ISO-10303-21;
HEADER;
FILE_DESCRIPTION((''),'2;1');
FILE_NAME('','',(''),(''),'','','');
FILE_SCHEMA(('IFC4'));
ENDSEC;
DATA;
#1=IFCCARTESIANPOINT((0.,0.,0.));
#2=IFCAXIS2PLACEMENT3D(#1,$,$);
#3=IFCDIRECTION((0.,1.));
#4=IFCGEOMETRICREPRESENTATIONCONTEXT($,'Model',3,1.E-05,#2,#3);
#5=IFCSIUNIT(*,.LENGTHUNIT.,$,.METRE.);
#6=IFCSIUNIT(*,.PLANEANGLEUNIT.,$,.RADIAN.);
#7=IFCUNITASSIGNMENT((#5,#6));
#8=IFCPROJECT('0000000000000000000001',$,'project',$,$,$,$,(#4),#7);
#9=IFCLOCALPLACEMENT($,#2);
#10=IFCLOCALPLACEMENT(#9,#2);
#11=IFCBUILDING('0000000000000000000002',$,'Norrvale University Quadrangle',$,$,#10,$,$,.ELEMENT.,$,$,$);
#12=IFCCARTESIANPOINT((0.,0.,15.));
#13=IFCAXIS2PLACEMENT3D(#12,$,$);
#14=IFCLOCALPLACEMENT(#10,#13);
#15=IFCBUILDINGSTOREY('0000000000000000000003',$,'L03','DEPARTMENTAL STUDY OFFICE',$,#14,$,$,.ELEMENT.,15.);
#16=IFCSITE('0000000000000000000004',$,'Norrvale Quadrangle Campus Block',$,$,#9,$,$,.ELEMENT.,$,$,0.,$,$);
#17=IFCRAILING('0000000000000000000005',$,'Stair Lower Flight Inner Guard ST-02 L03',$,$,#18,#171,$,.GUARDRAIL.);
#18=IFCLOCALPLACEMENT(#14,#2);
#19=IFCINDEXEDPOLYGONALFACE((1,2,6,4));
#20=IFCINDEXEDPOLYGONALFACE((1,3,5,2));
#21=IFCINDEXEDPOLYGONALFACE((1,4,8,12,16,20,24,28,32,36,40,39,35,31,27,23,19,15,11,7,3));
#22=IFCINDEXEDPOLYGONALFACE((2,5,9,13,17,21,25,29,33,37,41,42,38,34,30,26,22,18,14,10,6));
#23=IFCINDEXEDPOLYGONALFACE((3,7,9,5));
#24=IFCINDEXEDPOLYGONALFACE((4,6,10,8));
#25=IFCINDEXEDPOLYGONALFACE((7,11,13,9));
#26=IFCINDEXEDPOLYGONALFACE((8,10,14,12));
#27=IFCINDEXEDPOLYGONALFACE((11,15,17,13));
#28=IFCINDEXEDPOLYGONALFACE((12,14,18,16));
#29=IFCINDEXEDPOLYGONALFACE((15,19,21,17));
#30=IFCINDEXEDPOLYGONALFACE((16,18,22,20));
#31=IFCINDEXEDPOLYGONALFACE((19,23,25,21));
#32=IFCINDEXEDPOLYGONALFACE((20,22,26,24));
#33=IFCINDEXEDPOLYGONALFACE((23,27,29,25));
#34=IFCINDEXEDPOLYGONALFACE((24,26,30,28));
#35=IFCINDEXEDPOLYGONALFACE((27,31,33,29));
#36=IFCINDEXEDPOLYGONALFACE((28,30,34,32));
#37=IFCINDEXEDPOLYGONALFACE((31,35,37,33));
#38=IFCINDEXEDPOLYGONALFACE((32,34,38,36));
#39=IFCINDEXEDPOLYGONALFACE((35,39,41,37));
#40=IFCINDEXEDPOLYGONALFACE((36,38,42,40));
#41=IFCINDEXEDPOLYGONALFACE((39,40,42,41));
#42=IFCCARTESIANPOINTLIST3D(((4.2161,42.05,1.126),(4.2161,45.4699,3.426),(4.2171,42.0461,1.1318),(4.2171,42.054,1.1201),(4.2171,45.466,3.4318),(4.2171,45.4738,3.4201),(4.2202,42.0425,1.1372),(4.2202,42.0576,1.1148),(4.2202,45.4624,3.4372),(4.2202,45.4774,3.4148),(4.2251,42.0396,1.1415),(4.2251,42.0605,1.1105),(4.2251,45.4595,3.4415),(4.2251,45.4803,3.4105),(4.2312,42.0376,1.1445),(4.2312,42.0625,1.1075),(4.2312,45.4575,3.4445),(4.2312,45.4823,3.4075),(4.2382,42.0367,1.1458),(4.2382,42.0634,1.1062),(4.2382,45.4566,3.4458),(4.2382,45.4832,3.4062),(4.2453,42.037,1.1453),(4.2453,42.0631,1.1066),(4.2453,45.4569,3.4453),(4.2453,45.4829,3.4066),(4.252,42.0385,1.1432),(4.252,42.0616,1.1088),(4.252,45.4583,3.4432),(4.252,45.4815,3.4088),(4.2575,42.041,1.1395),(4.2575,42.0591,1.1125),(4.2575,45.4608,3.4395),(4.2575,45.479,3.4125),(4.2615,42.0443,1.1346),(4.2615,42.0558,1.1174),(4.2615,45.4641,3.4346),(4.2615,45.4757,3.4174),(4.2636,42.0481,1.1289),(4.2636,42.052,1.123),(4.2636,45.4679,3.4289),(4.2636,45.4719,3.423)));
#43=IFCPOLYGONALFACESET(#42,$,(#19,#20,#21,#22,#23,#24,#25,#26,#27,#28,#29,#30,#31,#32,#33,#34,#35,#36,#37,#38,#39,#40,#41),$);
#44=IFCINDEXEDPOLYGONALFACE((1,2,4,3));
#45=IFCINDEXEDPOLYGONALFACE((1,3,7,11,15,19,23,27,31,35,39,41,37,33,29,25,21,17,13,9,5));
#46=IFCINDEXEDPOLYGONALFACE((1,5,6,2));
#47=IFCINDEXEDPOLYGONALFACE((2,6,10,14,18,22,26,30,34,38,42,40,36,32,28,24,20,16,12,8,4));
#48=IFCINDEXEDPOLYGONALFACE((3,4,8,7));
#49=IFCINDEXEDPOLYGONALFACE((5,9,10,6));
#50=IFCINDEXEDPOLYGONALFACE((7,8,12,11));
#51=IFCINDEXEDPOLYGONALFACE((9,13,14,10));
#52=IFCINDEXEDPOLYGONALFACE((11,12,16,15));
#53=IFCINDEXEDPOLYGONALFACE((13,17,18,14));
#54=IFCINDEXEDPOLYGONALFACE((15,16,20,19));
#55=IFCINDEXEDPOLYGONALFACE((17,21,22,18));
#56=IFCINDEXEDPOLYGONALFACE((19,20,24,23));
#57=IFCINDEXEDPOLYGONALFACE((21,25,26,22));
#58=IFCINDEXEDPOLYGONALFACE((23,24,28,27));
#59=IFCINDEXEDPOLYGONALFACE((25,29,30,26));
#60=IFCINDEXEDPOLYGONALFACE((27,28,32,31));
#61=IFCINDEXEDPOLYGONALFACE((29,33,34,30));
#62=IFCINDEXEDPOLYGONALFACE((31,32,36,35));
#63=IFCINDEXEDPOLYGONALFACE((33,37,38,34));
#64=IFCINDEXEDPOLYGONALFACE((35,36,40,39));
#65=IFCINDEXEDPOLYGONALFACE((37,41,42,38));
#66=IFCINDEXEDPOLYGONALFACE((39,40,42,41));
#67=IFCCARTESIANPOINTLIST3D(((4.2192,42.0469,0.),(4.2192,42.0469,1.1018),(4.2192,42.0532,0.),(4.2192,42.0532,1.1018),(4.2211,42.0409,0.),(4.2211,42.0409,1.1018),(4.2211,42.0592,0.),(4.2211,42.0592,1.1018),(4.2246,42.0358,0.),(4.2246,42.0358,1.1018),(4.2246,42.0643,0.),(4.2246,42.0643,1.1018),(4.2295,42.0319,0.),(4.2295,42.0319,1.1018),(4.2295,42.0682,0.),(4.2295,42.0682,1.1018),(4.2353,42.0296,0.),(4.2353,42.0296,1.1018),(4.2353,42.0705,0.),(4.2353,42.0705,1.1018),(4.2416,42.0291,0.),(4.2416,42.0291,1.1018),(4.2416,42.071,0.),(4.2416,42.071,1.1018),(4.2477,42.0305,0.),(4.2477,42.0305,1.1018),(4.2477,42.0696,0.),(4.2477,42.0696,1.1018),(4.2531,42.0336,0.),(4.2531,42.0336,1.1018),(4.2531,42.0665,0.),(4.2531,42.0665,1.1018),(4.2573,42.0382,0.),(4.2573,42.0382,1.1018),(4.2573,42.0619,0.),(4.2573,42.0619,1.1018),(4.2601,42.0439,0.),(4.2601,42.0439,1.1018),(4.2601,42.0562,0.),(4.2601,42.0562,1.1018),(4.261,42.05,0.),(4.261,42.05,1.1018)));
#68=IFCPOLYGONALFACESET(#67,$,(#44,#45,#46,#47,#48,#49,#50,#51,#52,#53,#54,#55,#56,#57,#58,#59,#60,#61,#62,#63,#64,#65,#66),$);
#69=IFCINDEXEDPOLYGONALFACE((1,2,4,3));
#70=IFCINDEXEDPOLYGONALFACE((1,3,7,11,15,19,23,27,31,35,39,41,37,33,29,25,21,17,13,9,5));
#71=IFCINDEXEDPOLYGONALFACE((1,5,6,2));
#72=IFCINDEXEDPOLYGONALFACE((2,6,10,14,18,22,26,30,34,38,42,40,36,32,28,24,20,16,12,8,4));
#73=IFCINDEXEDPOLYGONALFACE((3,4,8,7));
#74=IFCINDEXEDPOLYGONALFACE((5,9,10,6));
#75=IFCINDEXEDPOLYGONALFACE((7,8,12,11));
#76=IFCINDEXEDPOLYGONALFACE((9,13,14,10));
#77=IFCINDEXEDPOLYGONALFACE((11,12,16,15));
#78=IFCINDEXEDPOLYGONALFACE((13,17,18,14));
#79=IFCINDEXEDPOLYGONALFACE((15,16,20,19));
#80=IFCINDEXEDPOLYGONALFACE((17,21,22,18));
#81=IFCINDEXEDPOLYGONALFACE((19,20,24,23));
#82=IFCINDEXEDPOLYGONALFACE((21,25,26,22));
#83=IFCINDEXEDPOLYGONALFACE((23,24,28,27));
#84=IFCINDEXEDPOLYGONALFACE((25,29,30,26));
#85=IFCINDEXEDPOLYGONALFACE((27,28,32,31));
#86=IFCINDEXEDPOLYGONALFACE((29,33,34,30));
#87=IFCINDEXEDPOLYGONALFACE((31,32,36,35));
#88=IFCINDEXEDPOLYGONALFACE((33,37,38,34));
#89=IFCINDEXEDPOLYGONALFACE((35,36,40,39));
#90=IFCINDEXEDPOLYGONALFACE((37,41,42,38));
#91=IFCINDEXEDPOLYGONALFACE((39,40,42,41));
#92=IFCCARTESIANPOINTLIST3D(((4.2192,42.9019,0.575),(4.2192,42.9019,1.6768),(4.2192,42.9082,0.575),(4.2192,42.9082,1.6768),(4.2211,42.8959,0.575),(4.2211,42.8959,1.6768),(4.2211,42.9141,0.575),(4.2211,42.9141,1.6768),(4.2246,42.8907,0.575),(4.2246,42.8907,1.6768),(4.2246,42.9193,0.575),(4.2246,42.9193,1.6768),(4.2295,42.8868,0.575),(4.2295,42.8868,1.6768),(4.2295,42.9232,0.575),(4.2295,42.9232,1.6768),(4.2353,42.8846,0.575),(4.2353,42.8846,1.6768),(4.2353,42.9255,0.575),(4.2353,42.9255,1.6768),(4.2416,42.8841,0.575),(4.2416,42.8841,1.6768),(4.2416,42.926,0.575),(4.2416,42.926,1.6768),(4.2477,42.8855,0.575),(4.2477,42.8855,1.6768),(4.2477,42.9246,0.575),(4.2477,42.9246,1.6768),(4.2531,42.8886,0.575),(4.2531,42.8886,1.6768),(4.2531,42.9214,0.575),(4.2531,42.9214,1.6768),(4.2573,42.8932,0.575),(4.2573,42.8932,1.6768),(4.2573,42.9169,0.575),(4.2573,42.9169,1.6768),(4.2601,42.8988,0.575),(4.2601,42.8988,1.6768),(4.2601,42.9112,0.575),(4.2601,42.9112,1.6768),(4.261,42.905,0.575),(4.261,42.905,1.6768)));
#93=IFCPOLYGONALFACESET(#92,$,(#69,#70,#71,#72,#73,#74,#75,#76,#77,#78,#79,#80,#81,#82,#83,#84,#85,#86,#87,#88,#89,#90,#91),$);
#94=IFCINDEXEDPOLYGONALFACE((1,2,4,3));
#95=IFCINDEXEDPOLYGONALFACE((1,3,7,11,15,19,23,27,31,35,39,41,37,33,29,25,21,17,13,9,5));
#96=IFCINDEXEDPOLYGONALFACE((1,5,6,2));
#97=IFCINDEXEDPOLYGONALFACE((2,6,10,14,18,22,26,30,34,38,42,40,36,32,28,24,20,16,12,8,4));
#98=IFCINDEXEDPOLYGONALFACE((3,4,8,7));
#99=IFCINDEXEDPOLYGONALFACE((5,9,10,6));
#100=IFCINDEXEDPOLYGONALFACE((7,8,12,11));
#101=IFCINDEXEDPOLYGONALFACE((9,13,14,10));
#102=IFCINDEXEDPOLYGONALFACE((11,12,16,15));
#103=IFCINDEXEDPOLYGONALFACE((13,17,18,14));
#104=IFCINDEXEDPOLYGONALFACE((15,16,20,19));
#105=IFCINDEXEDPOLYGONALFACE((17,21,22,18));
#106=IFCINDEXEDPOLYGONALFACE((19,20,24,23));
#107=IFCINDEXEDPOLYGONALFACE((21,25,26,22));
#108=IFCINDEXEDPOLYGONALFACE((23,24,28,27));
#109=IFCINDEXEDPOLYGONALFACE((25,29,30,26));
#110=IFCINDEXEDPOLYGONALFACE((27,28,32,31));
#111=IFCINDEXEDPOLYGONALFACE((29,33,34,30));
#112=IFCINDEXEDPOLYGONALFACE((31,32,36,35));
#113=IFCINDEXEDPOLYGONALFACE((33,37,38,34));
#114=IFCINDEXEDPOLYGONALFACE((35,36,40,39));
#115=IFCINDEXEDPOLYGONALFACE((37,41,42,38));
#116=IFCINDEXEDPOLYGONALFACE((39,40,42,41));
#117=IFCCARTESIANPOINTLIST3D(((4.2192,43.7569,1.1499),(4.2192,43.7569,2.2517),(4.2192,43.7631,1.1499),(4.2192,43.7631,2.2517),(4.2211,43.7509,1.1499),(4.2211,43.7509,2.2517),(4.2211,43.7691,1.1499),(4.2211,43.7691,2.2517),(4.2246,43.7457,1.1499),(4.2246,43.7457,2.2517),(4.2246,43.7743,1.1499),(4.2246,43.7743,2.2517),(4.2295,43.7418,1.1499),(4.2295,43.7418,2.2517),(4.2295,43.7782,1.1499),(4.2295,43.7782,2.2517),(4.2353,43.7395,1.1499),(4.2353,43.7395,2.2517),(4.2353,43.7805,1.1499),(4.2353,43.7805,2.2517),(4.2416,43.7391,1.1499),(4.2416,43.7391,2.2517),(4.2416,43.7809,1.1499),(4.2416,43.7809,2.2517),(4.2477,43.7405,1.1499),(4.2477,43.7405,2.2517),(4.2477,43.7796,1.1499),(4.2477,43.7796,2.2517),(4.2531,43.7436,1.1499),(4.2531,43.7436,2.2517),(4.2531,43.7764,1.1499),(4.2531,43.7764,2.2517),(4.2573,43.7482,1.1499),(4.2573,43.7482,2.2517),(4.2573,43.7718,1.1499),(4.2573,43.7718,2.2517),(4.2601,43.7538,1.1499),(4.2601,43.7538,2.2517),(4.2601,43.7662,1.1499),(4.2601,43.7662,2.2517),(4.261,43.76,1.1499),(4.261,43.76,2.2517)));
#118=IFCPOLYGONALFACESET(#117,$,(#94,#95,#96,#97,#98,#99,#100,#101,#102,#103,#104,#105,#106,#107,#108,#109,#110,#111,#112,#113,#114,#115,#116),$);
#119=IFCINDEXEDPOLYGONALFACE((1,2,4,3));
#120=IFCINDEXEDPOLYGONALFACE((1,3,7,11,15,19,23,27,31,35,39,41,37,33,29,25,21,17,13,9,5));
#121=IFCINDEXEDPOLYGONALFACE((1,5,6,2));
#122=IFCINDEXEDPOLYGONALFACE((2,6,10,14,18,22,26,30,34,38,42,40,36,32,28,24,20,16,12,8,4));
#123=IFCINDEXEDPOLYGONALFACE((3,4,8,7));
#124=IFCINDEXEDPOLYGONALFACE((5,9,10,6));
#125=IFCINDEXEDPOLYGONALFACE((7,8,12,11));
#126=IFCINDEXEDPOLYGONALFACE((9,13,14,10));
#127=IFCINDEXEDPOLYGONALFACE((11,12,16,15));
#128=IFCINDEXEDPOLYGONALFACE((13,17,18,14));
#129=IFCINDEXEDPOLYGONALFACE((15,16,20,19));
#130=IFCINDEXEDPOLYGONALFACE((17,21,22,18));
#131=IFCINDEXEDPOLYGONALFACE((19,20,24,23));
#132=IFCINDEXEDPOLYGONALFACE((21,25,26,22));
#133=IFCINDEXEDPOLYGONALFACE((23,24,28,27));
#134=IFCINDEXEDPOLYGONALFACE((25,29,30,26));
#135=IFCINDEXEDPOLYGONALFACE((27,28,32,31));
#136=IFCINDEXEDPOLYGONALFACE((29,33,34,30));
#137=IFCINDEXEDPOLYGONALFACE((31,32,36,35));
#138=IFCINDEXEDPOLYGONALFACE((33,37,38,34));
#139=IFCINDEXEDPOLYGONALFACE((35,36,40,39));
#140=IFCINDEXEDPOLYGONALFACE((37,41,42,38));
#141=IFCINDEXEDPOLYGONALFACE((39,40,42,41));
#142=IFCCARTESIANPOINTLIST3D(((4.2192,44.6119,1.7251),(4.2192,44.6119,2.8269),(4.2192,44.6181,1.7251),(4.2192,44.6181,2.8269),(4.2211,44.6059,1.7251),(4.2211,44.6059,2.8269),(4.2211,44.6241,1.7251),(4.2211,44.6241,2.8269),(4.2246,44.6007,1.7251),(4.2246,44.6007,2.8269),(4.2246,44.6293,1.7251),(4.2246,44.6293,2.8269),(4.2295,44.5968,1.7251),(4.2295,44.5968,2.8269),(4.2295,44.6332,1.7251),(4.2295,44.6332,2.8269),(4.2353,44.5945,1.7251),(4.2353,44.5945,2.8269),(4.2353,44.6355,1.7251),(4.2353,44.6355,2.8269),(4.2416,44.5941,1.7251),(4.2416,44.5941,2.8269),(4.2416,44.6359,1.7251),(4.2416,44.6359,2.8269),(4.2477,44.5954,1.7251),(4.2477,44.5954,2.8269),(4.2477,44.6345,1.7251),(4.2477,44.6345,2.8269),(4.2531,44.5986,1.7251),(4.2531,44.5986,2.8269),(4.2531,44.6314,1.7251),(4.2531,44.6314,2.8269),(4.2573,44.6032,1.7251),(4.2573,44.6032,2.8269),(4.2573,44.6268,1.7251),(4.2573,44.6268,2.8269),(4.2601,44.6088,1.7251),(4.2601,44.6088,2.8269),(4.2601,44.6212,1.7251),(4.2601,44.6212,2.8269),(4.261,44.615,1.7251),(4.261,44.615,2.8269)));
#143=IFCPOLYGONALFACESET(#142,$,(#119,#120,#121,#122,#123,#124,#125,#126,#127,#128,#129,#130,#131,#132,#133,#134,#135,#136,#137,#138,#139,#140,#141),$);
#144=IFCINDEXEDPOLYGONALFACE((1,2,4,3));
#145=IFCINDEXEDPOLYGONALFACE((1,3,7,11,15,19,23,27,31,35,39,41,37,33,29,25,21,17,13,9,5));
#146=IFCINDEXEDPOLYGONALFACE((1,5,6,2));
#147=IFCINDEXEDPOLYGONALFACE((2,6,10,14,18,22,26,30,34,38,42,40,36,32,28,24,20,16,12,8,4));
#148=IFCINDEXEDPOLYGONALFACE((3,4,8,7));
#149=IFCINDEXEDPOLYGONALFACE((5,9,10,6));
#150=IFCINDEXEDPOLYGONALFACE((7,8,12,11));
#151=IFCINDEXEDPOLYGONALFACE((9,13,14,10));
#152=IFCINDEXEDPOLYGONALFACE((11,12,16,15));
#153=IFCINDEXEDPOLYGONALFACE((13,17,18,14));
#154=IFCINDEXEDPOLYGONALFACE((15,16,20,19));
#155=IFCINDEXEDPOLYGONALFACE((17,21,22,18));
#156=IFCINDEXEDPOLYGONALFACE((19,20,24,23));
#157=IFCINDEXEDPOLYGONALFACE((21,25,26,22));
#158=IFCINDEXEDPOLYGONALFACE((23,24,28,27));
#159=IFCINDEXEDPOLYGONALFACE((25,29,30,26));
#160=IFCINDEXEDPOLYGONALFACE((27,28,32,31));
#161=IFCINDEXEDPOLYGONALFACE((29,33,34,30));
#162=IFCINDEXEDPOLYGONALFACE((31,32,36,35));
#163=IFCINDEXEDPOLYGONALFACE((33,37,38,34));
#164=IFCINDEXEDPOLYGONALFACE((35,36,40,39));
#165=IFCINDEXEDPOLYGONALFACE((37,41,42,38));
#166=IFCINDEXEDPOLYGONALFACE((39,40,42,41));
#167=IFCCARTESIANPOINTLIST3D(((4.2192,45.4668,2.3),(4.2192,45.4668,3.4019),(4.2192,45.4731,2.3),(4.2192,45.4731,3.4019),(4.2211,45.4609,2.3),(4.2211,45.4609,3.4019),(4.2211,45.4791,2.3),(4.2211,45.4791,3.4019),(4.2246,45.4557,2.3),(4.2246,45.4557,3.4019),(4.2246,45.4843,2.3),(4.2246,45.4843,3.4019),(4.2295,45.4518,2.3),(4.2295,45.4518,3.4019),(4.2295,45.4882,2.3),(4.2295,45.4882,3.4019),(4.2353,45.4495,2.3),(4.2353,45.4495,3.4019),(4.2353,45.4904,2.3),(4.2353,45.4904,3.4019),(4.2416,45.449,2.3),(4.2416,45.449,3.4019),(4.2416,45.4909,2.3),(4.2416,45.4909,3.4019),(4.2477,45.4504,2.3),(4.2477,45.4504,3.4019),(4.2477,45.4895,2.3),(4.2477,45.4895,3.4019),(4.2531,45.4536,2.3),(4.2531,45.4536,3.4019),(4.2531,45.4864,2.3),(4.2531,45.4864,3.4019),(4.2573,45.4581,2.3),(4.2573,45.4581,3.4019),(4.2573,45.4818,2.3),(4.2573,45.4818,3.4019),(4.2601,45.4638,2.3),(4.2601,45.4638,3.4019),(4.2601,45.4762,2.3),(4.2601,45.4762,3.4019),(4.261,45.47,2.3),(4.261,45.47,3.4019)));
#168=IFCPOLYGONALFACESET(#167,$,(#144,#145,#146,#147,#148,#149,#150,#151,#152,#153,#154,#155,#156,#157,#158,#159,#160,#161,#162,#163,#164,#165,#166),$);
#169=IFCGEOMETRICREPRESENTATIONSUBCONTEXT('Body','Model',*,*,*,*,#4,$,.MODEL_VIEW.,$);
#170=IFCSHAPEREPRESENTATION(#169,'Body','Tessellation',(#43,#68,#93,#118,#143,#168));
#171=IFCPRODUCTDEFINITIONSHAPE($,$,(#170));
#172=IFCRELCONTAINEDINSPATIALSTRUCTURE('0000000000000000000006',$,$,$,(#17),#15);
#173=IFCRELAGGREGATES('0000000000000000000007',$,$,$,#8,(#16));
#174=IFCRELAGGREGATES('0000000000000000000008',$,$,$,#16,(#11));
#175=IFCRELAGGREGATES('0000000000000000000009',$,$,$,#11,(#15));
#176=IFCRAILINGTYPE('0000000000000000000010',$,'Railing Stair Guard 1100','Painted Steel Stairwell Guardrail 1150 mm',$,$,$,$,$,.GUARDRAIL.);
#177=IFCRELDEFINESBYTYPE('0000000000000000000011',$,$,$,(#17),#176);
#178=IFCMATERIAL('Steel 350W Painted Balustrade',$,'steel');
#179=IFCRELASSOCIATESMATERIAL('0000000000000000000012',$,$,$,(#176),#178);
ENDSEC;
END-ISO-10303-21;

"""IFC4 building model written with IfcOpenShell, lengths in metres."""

from ifc_helpers import new_model, si_unit, direction, frame, origin, origin_2d, place, context, subcontext, project, spatial, circle, extrude, material, type_object, element, save


model = new_model("IFC4")

# Units and contexts
model_context = context("Model", 3, precision=1e-05, world=origin(), true_north=direction((0.0, 1.0)))
body_context = subcontext(model_context, "Body", "Model", "MODEL_VIEW")
ifc_project = project(units=[si_unit("LENGTHUNIT", "METRE"), si_unit("PLANEANGLEUNIT", "RADIAN")], contexts=[model_context])

# Site, building, storey
site_placement = place(None, origin())
site = spatial("IfcSite", under=ifc_project, at=site_placement, Name="Norrvale Quadrangle Campus Block", CompositionType="ELEMENT", RefElevation=0.0)
building_placement = place(site_placement, origin())
building = spatial("IfcBuilding", under=site, at=building_placement, Name="Norrvale University Quadrangle", CompositionType="ELEMENT")
storey_placement = place(building_placement, frame((0.0, 0.0, 15.0)))
storey = spatial("IfcBuildingStorey", under=building, at=storey_placement, Name="L03", Description="DEPARTMENTAL STUDY OFFICE", CompositionType="ELEMENT", Elevation=15.0)

# Railing
ifc_material_1 = material(Name="Steel 350W Painted Balustrade", Category="steel")
railing_type_1 = type_object("IfcRailingType", Name="Railing Stair Guard 1100", Description="Painted Steel Stairwell Guardrail 1150 mm", PredefinedType="GUARDRAIL", material=ifc_material_1)
railing_1_placement = place(storey_placement, frame((4.24, 42.05, 0.0)))
element("IfcRailing", 1, at=railing_1_placement, inside=storey, type_object=railing_type_1, Name="Stair Lower Flight Inner Guard ST-02 L03", PredefinedType="GUARDRAIL", context=body_context, shape_type="SweptSolid", body=[
    extrude(circle(Radius=0.0239, at=origin_2d()), frame((0.0, 0.0, 1.126), z_axis=(0.0, 0.829792, 0.558072), x_axis=(-1.0, 0.0, 0.0)), (0.0, 0.0, 1.0), 4.1213),
    extrude(circle(Radius=0.021, at=origin_2d()), origin(), (0.0, 0.0, 1.0), 1.1018),
    extrude(circle(Radius=0.021, at=origin_2d()), frame((0.0, 0.855, 0.575)), (0.0, 0.0, 1.0), 1.1018),
    extrude(circle(Radius=0.021, at=origin_2d()), frame((0.0, 1.71, 1.1499)), (0.0, 0.0, 1.0), 1.1018),
    extrude(circle(Radius=0.021, at=origin_2d()), frame((0.0, 2.5649, 1.7251)), (0.0, 0.0, 1.0), 1.1018),
    extrude(circle(Radius=0.021, at=origin_2d()), frame((0.0, 3.4199, 2.3)), (0.0, 0.0, 1.0), 1.1018),
])

save(model, "model.ifc")
